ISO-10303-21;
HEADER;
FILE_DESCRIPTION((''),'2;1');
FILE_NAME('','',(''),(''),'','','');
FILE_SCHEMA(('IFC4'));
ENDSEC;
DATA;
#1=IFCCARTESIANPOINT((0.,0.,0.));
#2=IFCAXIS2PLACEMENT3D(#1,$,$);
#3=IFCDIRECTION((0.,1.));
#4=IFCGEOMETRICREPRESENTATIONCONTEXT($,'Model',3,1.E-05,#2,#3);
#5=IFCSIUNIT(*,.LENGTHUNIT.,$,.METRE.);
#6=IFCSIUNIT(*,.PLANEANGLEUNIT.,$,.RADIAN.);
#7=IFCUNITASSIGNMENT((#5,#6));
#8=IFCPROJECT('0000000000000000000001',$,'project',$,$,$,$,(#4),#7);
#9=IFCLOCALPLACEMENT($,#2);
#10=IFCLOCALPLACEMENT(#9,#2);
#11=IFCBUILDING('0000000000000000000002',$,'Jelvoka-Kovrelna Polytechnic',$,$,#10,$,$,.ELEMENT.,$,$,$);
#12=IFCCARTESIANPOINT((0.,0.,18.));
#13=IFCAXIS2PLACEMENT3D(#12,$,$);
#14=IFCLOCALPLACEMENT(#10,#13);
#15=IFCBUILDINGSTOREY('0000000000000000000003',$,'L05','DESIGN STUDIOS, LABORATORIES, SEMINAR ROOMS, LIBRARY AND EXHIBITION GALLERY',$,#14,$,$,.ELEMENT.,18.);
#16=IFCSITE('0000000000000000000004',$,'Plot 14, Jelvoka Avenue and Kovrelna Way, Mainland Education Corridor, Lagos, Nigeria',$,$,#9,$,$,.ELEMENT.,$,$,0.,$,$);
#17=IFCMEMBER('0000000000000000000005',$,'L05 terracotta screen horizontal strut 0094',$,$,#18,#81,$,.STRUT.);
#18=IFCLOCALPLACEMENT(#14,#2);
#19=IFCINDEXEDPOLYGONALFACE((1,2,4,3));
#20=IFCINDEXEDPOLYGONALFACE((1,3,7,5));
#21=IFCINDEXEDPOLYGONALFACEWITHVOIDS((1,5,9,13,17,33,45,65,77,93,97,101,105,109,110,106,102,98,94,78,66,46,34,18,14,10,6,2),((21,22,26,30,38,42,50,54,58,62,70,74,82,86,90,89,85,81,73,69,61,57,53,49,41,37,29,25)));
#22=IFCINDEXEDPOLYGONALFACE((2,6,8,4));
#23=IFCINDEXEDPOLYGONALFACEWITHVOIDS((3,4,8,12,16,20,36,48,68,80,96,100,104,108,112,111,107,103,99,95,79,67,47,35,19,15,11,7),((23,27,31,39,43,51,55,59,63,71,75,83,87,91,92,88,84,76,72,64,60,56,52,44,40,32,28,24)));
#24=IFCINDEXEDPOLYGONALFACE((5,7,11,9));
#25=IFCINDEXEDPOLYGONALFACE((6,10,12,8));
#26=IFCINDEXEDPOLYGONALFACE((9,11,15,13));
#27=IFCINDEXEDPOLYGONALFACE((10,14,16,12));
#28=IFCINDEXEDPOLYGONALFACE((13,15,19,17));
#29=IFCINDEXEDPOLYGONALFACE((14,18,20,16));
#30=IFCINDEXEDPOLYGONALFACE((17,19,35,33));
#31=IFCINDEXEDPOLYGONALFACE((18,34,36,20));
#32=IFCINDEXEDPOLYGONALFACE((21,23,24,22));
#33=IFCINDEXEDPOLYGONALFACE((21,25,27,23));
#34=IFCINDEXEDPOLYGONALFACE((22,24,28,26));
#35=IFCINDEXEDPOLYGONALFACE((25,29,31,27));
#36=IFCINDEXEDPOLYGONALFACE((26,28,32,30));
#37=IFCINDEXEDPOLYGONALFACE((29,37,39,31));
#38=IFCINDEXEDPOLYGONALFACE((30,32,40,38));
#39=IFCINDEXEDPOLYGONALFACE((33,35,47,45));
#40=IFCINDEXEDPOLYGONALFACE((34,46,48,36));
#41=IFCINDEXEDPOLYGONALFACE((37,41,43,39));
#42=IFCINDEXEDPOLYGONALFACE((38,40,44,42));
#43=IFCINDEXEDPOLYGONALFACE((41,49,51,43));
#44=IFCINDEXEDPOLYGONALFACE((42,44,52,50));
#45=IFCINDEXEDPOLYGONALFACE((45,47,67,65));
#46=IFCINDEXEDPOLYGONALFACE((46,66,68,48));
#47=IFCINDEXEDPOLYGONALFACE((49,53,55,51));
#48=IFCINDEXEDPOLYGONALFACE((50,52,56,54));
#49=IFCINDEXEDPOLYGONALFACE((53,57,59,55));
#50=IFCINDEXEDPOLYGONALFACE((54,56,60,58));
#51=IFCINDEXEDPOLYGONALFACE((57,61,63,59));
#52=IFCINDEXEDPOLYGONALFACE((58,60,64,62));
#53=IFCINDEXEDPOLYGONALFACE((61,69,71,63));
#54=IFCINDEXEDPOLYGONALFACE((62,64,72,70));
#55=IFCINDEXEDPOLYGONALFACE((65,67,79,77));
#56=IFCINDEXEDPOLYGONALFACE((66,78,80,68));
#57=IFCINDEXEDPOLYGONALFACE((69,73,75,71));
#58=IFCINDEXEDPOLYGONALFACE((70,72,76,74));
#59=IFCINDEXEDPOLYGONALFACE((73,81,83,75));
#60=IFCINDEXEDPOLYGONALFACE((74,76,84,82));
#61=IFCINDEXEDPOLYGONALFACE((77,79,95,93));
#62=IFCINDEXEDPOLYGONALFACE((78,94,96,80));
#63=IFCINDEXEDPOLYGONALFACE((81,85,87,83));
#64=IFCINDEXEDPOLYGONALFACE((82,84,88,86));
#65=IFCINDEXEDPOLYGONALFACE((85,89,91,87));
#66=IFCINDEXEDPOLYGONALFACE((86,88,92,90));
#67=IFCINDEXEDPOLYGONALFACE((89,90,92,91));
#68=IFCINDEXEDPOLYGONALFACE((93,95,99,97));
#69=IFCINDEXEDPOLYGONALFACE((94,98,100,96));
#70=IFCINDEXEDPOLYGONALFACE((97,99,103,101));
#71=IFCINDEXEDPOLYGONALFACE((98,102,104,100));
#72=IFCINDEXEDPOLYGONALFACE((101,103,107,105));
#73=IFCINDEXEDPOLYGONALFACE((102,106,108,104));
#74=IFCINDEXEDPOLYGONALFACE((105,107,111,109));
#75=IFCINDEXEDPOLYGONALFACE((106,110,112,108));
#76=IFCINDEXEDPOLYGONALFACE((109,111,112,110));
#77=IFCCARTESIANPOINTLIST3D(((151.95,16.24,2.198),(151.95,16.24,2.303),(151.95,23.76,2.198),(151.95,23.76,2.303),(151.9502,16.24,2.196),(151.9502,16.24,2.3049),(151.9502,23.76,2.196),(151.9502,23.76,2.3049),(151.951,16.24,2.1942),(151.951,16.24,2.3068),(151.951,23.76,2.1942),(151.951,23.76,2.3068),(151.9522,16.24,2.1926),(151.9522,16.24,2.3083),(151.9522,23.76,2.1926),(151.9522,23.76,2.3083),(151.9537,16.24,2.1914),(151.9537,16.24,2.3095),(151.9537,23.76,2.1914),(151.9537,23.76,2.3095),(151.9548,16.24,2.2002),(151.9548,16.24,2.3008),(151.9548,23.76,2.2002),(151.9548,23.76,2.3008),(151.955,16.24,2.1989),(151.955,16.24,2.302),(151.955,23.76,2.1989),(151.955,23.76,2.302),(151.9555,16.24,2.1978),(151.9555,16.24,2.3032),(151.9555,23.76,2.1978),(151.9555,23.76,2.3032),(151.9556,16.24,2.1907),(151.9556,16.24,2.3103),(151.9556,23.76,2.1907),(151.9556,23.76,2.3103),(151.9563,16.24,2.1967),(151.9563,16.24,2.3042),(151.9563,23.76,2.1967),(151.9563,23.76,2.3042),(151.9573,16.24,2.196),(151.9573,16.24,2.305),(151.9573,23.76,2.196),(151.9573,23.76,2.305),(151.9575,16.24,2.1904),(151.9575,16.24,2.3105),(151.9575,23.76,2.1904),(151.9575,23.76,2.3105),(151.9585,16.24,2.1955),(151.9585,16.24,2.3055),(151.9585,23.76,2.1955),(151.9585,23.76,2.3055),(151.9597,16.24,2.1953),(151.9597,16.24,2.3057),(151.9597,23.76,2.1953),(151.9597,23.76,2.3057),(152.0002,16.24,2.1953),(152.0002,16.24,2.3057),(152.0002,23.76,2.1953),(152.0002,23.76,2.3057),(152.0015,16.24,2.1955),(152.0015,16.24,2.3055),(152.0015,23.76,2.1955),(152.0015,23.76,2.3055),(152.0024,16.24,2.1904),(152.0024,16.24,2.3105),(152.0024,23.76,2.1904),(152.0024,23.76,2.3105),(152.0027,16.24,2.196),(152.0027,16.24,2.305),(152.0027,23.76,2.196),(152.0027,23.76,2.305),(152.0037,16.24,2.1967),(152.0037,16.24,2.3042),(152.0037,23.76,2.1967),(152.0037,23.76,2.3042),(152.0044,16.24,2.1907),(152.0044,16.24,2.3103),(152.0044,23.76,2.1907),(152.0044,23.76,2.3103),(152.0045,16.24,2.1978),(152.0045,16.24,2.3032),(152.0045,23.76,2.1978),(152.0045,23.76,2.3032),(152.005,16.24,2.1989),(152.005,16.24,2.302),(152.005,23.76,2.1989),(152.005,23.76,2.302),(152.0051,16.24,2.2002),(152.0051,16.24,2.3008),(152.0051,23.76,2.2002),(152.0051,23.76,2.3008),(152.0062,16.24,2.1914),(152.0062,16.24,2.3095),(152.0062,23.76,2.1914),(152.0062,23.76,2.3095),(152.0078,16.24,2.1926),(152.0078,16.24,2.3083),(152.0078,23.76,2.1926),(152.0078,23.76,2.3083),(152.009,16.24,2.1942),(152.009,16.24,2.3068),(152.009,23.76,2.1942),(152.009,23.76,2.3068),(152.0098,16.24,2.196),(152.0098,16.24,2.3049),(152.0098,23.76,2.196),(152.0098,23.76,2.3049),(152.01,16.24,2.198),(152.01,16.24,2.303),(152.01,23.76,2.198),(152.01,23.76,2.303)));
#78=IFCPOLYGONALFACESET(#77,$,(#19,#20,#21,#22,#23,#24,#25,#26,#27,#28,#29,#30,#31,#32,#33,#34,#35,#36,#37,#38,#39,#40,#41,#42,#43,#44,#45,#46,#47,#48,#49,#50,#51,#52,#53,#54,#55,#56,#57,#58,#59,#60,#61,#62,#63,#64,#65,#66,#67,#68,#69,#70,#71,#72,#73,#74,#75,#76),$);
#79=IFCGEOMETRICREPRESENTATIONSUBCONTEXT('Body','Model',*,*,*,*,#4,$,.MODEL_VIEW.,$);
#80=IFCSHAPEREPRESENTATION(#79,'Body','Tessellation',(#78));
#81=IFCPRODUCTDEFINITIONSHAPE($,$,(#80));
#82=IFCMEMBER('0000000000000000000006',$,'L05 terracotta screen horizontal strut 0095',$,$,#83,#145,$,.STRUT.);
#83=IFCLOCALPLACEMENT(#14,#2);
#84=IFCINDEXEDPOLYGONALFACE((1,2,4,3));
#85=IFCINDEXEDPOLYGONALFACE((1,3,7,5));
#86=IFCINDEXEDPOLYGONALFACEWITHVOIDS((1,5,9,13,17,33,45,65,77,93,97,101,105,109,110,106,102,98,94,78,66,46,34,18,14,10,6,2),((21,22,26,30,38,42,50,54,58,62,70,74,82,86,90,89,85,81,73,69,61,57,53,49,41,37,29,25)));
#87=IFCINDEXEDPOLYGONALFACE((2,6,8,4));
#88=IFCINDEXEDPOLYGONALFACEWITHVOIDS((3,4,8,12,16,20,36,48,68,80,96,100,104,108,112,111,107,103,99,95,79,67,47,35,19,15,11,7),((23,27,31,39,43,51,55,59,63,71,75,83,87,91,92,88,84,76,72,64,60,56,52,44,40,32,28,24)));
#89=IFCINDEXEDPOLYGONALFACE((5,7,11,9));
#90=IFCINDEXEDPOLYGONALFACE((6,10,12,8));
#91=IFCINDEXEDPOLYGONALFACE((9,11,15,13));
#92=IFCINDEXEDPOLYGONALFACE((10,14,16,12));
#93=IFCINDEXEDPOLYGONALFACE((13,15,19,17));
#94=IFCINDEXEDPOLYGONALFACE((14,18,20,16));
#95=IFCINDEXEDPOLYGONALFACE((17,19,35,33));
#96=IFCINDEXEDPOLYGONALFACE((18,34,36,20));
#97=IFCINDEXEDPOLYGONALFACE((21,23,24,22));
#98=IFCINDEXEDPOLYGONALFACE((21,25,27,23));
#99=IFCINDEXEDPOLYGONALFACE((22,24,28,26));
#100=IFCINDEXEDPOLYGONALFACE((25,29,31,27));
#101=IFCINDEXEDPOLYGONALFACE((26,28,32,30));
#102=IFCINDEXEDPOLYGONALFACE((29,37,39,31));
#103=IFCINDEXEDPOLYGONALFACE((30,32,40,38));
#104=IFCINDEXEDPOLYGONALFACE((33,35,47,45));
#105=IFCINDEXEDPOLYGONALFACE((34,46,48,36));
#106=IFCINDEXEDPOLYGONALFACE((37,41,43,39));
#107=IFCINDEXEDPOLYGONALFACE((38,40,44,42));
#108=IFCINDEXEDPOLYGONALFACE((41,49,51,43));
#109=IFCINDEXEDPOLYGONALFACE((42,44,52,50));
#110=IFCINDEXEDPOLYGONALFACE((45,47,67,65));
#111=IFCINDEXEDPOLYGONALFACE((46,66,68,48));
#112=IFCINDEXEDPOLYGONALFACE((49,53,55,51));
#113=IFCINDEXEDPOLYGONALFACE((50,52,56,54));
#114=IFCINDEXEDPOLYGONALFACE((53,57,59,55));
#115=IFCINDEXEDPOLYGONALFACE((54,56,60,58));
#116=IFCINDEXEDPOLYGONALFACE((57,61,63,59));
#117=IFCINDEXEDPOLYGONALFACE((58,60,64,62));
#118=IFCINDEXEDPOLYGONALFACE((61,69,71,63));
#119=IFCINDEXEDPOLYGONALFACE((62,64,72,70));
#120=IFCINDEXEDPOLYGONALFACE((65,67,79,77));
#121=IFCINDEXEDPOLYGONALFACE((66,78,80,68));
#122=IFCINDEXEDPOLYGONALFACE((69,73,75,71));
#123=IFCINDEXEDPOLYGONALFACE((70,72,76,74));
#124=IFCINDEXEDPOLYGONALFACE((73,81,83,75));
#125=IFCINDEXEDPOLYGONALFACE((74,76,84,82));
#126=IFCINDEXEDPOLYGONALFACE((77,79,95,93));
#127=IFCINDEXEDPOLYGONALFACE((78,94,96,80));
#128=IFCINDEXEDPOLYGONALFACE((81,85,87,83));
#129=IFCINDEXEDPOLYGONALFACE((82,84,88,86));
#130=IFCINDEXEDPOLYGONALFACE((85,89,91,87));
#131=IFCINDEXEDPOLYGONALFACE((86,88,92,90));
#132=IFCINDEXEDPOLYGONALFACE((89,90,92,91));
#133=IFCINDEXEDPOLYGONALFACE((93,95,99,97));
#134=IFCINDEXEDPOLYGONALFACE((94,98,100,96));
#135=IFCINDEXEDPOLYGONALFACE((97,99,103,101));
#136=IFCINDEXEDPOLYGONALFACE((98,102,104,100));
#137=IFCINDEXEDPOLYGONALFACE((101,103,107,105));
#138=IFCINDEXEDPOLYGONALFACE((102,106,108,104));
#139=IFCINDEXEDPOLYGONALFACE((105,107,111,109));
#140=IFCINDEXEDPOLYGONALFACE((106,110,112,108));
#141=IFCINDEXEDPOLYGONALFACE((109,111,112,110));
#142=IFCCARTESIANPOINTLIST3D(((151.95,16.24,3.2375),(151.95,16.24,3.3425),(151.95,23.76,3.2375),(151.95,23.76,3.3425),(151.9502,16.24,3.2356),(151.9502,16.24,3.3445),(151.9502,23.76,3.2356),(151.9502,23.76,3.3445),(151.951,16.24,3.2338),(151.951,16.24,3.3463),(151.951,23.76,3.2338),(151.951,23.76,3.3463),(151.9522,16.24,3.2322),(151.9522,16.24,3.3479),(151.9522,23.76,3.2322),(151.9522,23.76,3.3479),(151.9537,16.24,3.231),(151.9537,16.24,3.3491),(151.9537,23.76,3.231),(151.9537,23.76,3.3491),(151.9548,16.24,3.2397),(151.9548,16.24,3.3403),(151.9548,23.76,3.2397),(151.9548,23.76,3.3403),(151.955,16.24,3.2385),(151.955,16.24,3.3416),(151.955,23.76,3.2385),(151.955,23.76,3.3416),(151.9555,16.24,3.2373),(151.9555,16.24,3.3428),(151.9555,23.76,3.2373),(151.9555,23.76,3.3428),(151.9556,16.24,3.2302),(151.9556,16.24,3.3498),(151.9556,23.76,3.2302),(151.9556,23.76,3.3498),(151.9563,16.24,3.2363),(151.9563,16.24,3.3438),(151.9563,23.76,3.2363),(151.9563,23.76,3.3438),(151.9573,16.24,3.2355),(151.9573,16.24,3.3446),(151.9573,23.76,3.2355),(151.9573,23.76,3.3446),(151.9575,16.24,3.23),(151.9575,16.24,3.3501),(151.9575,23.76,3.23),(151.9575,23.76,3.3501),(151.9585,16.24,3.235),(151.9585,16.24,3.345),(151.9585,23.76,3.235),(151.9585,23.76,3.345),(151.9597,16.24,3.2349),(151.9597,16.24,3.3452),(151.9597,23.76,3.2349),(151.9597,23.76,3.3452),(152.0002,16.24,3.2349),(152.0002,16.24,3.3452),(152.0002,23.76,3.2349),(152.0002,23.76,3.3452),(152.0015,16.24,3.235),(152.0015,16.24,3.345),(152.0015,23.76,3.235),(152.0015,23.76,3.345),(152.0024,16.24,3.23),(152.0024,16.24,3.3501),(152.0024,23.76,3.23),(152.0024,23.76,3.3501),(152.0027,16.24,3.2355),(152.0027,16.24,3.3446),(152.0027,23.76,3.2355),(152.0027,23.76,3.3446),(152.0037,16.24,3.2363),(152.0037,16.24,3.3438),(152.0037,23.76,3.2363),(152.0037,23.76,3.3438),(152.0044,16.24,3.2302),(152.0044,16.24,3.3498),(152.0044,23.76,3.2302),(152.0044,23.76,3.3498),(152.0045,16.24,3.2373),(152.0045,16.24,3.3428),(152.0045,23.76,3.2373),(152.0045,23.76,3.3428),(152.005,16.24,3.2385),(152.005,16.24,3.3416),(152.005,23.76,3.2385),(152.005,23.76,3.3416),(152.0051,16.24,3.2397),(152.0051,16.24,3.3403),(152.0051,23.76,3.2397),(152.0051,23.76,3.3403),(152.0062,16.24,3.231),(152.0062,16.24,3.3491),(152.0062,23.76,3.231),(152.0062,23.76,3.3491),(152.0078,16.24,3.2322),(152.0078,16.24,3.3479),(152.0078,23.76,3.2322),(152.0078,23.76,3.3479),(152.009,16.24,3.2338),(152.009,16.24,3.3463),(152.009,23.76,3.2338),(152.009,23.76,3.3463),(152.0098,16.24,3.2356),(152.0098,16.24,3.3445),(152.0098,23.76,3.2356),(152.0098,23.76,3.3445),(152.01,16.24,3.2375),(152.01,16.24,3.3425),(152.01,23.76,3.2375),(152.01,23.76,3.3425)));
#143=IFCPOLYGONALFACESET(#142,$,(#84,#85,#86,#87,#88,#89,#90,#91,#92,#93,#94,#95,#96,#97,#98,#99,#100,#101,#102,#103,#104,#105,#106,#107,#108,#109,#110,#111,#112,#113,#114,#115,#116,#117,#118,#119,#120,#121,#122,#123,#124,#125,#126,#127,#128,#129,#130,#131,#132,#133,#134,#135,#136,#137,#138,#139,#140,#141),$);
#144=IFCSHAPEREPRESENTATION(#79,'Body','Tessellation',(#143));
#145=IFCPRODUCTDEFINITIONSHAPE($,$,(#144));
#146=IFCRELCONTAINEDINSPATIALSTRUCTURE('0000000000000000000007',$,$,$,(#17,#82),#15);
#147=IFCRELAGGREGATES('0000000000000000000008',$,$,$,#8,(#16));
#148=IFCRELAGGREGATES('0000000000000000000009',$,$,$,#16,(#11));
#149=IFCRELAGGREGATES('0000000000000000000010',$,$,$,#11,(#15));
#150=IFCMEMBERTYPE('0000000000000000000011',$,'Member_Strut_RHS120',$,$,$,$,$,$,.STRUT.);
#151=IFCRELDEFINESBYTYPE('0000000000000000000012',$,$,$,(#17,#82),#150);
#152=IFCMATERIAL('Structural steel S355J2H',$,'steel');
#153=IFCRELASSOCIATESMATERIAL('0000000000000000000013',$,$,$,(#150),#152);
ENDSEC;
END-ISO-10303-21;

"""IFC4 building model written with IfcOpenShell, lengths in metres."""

from ifc_helpers import new_model, si_unit, direction, frame, origin, origin_2d, place, context, subcontext, project, spatial, hollow_rectangle, extrude, material, material_profile, profile_set, type_object, element, save


model = new_model("IFC4")

# Units and contexts
model_context = context("Model", 3, precision=1e-05, world=origin(), true_north=direction((0.0, 1.0)))
body_context = subcontext(model_context, "Body", "Model", "MODEL_VIEW")
ifc_project = project(units=[si_unit("LENGTHUNIT", "METRE"), si_unit("PLANEANGLEUNIT", "RADIAN")], contexts=[model_context])

# Site, building, storey
site_placement = place(None, origin())
site = spatial("IfcSite", under=ifc_project, at=site_placement, Name="Plot 14, Jelvoka Avenue and Kovrelna Way, Mainland Education Corridor, Lagos, Nigeria", CompositionType="ELEMENT", RefElevation=0.0)
building_placement = place(site_placement, origin())
building = spatial("IfcBuilding", under=site, at=building_placement, Name="Jelvoka-Kovrelna Polytechnic", CompositionType="ELEMENT")
storey_placement = place(building_placement, frame((0.0, 0.0, 18.0)))
storey = spatial("IfcBuildingStorey", under=building, at=storey_placement, Name="L05", Description="DESIGN STUDIOS, LABORATORIES, SEMINAR ROOMS, LIBRARY AND EXHIBITION GALLERY", CompositionType="ELEMENT", Elevation=18.0)

# Members
ifc_material_1 = material(Name="Structural steel S355J2H", Category="steel")
ifc_material_profile_1 = material_profile(ifc_material_1, hollow_rectangle(XDim=0.0601, YDim=0.1201, WallThickness=0.0049, InnerFilletRadius=0.0049, OuterFilletRadius=0.0076, at=origin_2d()), Name="120x60x5.0 RHS")
ifc_profile_set_1 = profile_set([ifc_material_profile_1], Name="Structural steel S355J2H")
member_type_1 = type_object("IfcMemberType", Name="Member_Strut_RHS120", PredefinedType="STRUT", material=ifc_profile_set_1)
for number, where, z_axis, x_axis, name in (
    (1, (151.98, 16.24, 2.2505), (0.0, 1.0, 0.0), (-1.0, 0.0, 0.0), "L05 terracotta screen horizontal strut 0094"),
    (2, (151.98, 16.24, 3.29), (0.0, 1.0, 0.0), (-1.0, 0.0, 0.0), "L05 terracotta screen horizontal strut 0095"),
):
    element("IfcMember", number, at=place(storey_placement, frame(where, z_axis=z_axis, x_axis=x_axis)), inside=storey, type_object=member_type_1, Name=name, PredefinedType="STRUT", context=body_context, shape_type="SweptSolid", body=[
        extrude(hollow_rectangle(XDim=0.0601, YDim=0.1201, WallThickness=0.0049, InnerFilletRadius=0.0049, OuterFilletRadius=0.0076, at=origin_2d()), origin(), (0.0, 0.0, 1.0), 7.52),
    ])

save(model, "model.ifc")
